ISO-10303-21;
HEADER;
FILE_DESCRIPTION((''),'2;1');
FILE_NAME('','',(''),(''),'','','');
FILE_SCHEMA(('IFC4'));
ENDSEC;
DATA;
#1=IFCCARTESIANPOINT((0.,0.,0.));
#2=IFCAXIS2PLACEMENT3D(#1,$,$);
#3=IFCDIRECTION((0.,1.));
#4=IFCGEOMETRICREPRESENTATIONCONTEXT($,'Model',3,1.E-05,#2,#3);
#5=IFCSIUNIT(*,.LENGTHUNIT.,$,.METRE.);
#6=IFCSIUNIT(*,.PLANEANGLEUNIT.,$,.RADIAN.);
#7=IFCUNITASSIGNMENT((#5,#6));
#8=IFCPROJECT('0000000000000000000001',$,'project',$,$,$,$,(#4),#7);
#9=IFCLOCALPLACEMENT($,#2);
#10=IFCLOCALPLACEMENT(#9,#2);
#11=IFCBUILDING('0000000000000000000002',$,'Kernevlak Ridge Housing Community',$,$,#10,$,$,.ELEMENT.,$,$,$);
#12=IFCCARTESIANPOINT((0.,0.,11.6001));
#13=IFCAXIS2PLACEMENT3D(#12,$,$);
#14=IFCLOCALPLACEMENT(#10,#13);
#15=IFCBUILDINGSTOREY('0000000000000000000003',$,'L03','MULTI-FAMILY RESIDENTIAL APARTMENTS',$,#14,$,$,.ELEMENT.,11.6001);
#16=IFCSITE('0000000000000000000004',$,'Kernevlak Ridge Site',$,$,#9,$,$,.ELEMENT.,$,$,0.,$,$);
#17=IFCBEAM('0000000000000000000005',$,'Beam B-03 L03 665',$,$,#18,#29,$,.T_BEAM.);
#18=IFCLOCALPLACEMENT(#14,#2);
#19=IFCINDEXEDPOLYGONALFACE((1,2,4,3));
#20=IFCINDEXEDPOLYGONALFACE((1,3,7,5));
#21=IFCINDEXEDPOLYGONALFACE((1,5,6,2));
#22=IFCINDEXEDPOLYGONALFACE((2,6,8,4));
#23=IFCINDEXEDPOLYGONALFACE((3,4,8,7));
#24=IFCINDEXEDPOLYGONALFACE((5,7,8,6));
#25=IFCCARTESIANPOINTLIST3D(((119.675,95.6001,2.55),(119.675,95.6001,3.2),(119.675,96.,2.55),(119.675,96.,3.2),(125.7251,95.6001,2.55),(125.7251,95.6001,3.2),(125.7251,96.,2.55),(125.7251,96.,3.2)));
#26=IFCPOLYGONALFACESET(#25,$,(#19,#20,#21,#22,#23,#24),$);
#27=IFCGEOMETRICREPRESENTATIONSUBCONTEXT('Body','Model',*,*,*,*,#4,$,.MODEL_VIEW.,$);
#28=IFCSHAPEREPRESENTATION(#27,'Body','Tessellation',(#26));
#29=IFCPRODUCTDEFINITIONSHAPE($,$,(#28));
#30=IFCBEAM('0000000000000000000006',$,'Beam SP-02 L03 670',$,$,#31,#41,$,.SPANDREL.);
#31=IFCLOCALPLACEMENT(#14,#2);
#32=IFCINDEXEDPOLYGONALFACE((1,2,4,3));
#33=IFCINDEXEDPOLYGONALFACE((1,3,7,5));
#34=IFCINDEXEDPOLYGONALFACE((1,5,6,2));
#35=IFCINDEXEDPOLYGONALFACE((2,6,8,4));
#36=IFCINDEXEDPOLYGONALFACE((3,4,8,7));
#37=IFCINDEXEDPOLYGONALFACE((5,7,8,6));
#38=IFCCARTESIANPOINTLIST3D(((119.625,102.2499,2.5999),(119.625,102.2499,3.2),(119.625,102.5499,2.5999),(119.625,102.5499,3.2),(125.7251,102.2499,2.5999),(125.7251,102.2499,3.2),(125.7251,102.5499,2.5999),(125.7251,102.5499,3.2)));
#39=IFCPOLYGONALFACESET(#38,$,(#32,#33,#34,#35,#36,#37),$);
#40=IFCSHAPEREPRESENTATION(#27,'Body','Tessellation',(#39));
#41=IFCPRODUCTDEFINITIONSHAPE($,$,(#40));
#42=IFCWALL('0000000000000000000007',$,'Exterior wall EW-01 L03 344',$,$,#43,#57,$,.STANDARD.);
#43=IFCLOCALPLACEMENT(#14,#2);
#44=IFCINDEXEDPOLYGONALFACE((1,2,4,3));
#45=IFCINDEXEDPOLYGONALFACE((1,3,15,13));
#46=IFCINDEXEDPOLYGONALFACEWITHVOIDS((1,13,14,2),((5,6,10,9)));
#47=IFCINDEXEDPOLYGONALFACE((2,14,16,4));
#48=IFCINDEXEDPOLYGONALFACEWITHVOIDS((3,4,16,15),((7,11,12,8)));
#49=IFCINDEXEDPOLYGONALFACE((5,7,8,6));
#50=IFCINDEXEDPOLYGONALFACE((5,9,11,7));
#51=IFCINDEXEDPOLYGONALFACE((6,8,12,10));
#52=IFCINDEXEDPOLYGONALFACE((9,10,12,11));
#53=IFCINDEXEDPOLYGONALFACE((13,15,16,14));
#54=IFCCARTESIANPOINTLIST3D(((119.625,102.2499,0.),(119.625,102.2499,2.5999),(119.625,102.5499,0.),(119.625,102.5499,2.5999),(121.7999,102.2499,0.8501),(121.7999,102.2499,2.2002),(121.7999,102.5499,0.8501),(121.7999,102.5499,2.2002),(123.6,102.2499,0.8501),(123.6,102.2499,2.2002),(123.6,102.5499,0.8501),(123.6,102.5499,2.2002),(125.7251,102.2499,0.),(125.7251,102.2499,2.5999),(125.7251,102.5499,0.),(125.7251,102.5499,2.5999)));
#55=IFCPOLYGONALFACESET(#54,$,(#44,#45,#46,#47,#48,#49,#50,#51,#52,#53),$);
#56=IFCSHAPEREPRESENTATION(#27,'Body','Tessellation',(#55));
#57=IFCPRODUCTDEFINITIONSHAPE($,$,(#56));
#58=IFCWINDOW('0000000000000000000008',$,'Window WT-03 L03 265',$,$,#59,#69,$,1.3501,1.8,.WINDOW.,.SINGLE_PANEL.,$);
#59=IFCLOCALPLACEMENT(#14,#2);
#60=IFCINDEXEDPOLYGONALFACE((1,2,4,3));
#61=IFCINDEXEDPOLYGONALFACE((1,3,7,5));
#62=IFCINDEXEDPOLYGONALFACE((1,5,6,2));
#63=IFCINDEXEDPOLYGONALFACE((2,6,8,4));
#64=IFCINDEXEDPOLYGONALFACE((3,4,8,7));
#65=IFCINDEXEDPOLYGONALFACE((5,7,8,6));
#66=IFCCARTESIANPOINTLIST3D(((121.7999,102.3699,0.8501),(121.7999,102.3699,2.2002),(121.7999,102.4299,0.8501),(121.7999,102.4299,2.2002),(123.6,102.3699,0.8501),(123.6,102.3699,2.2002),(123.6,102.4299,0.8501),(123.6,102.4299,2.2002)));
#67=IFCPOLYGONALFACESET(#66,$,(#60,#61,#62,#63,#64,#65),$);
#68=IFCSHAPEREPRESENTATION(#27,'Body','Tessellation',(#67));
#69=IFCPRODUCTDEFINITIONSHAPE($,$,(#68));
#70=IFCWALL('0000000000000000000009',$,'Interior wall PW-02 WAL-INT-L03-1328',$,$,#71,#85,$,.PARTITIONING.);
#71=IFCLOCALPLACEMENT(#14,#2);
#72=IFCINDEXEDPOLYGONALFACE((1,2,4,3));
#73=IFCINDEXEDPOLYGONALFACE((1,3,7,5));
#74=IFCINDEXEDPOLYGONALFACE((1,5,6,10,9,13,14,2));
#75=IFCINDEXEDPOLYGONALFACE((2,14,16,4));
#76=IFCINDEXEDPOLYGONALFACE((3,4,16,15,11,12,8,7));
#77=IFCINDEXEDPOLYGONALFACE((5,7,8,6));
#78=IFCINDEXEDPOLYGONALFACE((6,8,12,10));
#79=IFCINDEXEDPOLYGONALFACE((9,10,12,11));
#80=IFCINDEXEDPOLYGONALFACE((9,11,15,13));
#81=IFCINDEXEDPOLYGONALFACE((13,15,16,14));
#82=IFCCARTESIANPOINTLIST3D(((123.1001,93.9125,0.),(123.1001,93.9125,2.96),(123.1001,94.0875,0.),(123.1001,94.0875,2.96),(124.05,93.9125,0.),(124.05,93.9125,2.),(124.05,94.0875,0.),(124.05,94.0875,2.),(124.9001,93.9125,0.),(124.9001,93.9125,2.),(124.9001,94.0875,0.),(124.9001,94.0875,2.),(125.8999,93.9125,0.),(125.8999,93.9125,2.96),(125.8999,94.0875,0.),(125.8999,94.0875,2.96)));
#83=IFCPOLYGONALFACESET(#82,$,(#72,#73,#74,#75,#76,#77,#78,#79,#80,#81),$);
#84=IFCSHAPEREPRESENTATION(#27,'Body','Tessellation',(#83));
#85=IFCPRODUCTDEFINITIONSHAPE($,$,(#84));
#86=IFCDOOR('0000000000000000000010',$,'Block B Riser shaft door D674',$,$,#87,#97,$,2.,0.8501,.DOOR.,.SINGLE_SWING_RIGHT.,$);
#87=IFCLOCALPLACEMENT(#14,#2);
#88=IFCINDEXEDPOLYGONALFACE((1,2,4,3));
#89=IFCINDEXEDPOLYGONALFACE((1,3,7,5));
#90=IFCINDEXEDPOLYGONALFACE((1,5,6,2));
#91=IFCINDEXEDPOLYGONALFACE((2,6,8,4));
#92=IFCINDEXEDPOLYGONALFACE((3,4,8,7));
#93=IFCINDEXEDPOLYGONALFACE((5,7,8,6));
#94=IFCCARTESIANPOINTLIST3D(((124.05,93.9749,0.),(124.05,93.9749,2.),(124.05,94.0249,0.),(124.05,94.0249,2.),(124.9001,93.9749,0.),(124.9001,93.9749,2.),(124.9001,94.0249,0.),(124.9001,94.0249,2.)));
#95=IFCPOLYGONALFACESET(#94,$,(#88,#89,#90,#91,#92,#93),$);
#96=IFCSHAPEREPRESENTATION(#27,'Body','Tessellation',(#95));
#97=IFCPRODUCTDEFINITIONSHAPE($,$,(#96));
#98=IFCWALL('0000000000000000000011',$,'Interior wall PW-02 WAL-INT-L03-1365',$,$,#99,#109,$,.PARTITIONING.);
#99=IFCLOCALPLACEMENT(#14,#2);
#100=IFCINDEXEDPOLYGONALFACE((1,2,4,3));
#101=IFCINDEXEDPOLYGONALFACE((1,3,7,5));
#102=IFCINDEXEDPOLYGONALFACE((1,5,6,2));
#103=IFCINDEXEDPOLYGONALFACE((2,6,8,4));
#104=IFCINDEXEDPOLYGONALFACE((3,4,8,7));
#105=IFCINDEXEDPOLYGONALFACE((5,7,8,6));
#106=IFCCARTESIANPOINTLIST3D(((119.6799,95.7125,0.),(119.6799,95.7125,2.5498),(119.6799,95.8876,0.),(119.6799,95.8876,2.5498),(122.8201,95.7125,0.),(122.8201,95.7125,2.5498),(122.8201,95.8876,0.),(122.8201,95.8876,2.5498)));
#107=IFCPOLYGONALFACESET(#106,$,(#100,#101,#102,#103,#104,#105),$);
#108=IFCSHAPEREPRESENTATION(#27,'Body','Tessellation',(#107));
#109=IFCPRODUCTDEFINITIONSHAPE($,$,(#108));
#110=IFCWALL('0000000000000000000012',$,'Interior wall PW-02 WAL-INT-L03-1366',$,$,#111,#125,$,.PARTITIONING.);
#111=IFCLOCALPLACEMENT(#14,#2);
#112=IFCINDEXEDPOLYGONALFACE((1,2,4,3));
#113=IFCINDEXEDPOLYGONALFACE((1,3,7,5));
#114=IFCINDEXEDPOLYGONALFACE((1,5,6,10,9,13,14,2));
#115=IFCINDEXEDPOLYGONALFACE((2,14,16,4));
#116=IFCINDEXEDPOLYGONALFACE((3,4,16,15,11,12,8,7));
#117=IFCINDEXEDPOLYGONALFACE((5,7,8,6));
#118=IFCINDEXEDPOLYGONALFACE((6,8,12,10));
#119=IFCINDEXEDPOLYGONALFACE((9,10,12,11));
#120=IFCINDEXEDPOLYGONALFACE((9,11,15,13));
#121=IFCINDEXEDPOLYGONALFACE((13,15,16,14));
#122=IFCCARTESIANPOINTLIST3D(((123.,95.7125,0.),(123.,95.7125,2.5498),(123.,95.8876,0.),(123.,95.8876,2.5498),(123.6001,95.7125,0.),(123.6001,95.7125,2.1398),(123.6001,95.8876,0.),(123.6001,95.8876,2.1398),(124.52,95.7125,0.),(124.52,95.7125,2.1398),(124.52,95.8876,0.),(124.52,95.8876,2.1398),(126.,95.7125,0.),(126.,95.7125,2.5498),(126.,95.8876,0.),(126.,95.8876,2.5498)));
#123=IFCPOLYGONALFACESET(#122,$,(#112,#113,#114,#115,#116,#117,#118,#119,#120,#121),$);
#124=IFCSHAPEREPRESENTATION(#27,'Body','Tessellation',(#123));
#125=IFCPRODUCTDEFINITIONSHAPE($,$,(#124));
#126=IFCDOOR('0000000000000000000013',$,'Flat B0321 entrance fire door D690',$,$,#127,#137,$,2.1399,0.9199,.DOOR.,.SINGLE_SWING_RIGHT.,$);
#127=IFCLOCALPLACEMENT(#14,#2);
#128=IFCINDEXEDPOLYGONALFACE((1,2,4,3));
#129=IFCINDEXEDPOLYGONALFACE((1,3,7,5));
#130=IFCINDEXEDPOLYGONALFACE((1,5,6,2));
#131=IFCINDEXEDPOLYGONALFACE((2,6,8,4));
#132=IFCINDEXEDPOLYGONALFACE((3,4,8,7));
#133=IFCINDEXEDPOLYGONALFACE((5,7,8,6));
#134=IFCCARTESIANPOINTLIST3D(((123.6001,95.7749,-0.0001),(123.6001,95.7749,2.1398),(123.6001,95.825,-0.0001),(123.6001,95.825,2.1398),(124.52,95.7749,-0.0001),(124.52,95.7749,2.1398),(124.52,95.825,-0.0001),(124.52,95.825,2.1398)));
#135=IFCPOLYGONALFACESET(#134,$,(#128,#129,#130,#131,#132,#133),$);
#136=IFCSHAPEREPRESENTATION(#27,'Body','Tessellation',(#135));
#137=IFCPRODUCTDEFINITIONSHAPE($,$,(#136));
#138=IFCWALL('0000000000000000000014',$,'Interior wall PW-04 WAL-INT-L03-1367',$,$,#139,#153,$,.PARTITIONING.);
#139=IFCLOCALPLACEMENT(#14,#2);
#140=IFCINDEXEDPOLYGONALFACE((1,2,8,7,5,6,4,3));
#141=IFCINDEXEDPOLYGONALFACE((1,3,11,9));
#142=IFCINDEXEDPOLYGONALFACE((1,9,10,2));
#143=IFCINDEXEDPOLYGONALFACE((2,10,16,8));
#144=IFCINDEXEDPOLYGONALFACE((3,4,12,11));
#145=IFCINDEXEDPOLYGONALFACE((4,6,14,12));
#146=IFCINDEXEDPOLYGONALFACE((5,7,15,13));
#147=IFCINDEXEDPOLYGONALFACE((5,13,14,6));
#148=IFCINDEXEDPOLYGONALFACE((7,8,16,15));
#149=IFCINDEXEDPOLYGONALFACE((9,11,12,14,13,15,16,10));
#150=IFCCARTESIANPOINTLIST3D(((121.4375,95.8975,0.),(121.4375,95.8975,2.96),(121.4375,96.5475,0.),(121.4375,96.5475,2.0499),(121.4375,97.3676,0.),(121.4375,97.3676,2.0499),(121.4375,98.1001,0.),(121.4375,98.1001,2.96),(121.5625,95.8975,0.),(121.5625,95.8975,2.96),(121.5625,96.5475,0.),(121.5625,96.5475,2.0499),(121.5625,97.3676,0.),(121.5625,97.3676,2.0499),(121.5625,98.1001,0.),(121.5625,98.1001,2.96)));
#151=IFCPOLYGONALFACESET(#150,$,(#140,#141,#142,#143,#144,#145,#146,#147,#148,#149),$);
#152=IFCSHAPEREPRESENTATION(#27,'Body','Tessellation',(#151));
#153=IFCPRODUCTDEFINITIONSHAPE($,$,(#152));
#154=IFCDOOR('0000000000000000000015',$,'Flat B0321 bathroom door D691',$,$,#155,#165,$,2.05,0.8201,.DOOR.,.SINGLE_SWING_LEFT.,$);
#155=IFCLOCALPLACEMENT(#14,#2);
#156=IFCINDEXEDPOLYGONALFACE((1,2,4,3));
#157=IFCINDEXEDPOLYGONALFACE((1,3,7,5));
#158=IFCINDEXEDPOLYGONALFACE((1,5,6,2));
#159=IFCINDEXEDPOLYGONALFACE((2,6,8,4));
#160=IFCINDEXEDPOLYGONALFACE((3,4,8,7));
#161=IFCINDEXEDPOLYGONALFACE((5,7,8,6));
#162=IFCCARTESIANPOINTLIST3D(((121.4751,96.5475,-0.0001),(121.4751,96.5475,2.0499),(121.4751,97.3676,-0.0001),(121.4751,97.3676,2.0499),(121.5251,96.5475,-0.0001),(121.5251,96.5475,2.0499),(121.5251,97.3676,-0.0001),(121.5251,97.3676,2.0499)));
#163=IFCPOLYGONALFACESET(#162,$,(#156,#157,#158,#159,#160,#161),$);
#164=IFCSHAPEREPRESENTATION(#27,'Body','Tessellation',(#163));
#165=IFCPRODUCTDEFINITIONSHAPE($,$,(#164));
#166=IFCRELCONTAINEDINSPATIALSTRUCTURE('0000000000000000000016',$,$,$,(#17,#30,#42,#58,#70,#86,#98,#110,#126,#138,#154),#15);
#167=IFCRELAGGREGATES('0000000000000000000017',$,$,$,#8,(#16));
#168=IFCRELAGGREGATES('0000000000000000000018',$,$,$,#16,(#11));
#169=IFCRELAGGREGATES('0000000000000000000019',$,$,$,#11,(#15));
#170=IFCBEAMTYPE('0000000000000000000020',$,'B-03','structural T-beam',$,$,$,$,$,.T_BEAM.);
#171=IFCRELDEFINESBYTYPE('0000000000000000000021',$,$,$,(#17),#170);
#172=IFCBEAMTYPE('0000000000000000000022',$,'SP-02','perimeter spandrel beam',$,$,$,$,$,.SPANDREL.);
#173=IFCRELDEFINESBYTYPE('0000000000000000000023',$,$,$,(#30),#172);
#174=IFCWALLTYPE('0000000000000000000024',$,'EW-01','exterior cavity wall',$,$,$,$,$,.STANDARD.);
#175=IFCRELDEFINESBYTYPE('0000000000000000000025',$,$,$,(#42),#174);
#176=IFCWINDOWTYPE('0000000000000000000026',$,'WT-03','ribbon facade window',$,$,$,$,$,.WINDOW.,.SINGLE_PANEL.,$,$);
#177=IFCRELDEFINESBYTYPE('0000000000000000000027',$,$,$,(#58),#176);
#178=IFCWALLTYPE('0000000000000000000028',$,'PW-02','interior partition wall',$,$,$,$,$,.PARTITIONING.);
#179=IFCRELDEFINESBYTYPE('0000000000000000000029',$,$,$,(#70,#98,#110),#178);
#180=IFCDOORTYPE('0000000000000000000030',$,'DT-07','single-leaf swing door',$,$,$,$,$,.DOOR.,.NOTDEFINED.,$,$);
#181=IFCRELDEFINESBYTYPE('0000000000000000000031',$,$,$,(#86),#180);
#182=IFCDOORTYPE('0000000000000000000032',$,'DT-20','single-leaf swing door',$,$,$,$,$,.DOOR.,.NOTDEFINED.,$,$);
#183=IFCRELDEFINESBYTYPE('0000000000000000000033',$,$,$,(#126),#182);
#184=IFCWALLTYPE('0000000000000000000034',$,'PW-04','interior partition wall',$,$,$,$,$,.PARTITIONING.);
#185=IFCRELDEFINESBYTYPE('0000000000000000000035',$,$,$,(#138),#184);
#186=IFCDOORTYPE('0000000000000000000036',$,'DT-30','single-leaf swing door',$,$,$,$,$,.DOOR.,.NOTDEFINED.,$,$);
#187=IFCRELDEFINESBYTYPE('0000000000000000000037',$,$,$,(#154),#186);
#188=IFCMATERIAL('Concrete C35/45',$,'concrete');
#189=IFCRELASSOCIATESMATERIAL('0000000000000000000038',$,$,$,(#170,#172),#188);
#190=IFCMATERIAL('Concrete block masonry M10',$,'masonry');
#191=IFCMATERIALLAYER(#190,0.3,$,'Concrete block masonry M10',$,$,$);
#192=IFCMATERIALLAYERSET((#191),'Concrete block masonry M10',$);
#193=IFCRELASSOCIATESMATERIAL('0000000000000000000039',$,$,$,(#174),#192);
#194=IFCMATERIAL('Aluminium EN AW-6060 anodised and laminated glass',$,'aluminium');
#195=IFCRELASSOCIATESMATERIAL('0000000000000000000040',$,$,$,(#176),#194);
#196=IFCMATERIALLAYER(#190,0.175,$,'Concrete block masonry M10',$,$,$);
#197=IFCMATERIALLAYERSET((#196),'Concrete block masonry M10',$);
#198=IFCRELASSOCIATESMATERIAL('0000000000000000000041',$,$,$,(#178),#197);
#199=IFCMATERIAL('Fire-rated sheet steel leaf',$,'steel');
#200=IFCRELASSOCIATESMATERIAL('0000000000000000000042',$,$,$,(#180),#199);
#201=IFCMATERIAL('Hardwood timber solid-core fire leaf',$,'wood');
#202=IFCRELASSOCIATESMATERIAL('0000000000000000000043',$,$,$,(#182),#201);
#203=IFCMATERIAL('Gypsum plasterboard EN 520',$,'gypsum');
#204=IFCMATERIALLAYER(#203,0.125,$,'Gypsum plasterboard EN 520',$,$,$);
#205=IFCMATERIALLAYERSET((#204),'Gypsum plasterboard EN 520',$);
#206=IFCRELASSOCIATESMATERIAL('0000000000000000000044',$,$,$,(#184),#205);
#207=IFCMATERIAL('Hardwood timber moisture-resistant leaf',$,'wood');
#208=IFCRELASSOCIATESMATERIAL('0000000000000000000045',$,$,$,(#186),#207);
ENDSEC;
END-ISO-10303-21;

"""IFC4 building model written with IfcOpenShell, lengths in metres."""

from ifc_helpers import new_model, si_unit, direction, frame, frame_2d, origin, origin_2d, place, context, subcontext, project, spatial, rectangle, extrude, material, layer, layer_set, material_profile, profile_set, type_object, element, fill, save


model = new_model("IFC4")

# Units and contexts
model_context = context("Model", 3, precision=1e-05, world=origin(), true_north=direction((0.0, 1.0)))
body_context = subcontext(model_context, "Body", "Model", "MODEL_VIEW")
ifc_project = project(units=[si_unit("LENGTHUNIT", "METRE"), si_unit("PLANEANGLEUNIT", "RADIAN")], contexts=[model_context])

# Site, building, storey
site_placement = place(None, origin())
site = spatial("IfcSite", under=ifc_project, at=site_placement, Name="Kernevlak Ridge Site", CompositionType="ELEMENT", RefElevation=0.0)
building_placement = place(site_placement, origin())
building = spatial("IfcBuilding", under=site, at=building_placement, Name="Kernevlak Ridge Housing Community", CompositionType="ELEMENT")
storey_placement = place(building_placement, frame((0.0, 0.0, 11.6001)))
storey = spatial("IfcBuildingStorey", under=building, at=storey_placement, Name="L03", Description="MULTI-FAMILY RESIDENTIAL APARTMENTS", CompositionType="ELEMENT", Elevation=11.6001)

# Beams
ifc_material_1 = material(Name="Concrete C35/45", Category="concrete")
ifc_material_profile_1 = material_profile(ifc_material_1, rectangle(XDim=0.3999, YDim=0.6499, at=origin_2d()), Name="RC 400x650")
ifc_profile_set_1 = profile_set([ifc_material_profile_1], Name="Concrete C35/45")
beam_type_1 = type_object("IfcBeamType", Name="B-03", Description="structural T-beam", PredefinedType="T_BEAM", material=ifc_profile_set_1)
beam_1_placement = place(storey_placement, frame((119.675, 95.8, 2.875), z_axis=(1.0, 0.0, 0.0), x_axis=(0.0, 1.0, 0.0)))
element("IfcBeam", 1, at=beam_1_placement, inside=storey, type_object=beam_type_1, Name="Beam B-03 L03 665", PredefinedType="T_BEAM", context=body_context, shape_type="SweptSolid", body=[
    extrude(rectangle(XDim=0.3999, YDim=0.6499, at=origin_2d()), origin(), (0.0, 0.0, 1.0), 6.05),
])
ifc_material_profile_2 = material_profile(ifc_material_1, rectangle(XDim=0.3, YDim=0.6001, at=origin_2d()), Name="RC 300x600")
ifc_profile_set_2 = profile_set([ifc_material_profile_2], Name="Concrete C35/45")
beam_type_2 = type_object("IfcBeamType", Name="SP-02", Description="perimeter spandrel beam", PredefinedType="SPANDREL", material=ifc_profile_set_2)
beam_2_placement = place(storey_placement, frame((119.625, 102.3999, 2.8999), z_axis=(1.0, 0.0, 0.0), x_axis=(0.0, 1.0, 0.0)))
element("IfcBeam", 2, at=beam_2_placement, inside=storey, type_object=beam_type_2, Name="Beam SP-02 L03 670", PredefinedType="SPANDREL", context=body_context, shape_type="SweptSolid", body=[
    extrude(rectangle(XDim=0.3, YDim=0.6001, at=origin_2d()), origin(), (0.0, 0.0, 1.0), 6.1001),
])

# Wall, opening, window
ifc_material_2 = material(Name="Concrete block masonry M10", Category="masonry")
ifc_layer_1 = layer(ifc_material_2, 0.3, Name="Concrete block masonry M10")
ifc_layer_set_1 = layer_set([ifc_layer_1], Name="Concrete block masonry M10")
wall_type_1 = type_object("IfcWallType", Name="EW-01", Description="exterior cavity wall", PredefinedType="STANDARD", material=ifc_layer_set_1)
wall_1_placement = place(storey_placement, frame((119.625, 102.3999, 0.0), z_axis=(0.0, 0.0, 1.0), x_axis=(1.0, 0.0, 0.0)))
wall_1 = element("IfcWall", 3, at=wall_1_placement, inside=storey, type_object=wall_type_1, Name="Exterior wall EW-01 L03 344", PredefinedType="STANDARD", context=body_context, shape_type="SweptSolid", body=[
    extrude(rectangle(XDim=6.1001, YDim=0.3, at=frame_2d((3.05, 0.0))), origin(), (0.0, 0.0, 1.0), 2.5999),
])
opening_1_placement = place(wall_1_placement, frame((2.175, 0.0, 0.8501)))
opening_1 = element("IfcOpeningElement", 4, at=opening_1_placement, cuts=wall_1, PredefinedType="OPENING", context=body_context, shape_type="SweptSolid", body=[
    extrude(rectangle(XDim=1.8, YDim=1.3501, at=frame_2d((0.8999, 0.675))), frame((0.0, 0.1599, 0.0), z_axis=(0.0, -1.0, 0.0), x_axis=(1.0, 0.0, 0.0)), (0.0, 0.0, 1.0), 0.3201),
])
ifc_material_3 = material(Name="Aluminium EN AW-6060 anodised and laminated glass", Category="aluminium")
window_type = type_object("IfcWindowType", Name="WT-03", Description="ribbon facade window", PartitioningType="SINGLE_PANEL", PredefinedType="WINDOW", material=ifc_material_3)
window_placement = place(opening_1_placement, origin())
window = element("IfcWindow", 5, at=window_placement, inside=storey, type_object=window_type, Name="Window WT-03 L03 265", OverallHeight=1.3501, OverallWidth=1.8, PartitioningType="SINGLE_PANEL", PredefinedType="WINDOW", context=body_context, shape_type="SweptSolid", body=[
    extrude(rectangle(XDim=1.8, YDim=1.3501, at=frame_2d((0.8999, 0.675))), frame((0.0, 0.03, 0.0), z_axis=(0.0, -1.0, 0.0), x_axis=(1.0, 0.0, 0.0)), (0.0, 0.0, 1.0), 0.0601),
])
fill(opening_1, window)

# Wall, opening, door
ifc_layer_2 = layer(ifc_material_2, 0.175, Name="Concrete block masonry M10")
ifc_layer_set_2 = layer_set([ifc_layer_2], Name="Concrete block masonry M10")
wall_type_2 = type_object("IfcWallType", Name="PW-02", Description="interior partition wall", PredefinedType="PARTITIONING", material=ifc_layer_set_2)
ifc_material_4 = material(Name="Fire-rated sheet steel leaf", Category="steel")
wall_2_placement = place(storey_placement, frame((123.1001, 94.0, 0.0), z_axis=(0.0, 0.0, 1.0), x_axis=(1.0, 0.0, 0.0)))
wall_2 = element("IfcWall", 6, at=wall_2_placement, inside=storey, type_object=wall_type_2, Name="Interior wall PW-02 WAL-INT-L03-1328", PredefinedType="PARTITIONING", context=body_context, shape_type="SweptSolid", body=[
    extrude(rectangle(XDim=2.7998, YDim=0.175, at=frame_2d((1.3999, 0.0))), origin(), (0.0, 0.0, 1.0), 2.96),
])
opening_2_placement = place(wall_2_placement, frame((0.95, 0.0, 0.0)))
opening_2 = element("IfcOpeningElement", 7, at=opening_2_placement, cuts=wall_2, PredefinedType="OPENING", context=body_context, shape_type="SweptSolid", body=[
    extrude(rectangle(XDim=0.8501, YDim=2.0, at=frame_2d((0.425, 1.0))), frame((0.0, 0.0974, 0.0), z_axis=(0.0, -1.0, 0.0), x_axis=(1.0, 0.0, 0.0)), (0.0, 0.0, 1.0), 0.1951),
])
door_type_1 = type_object("IfcDoorType", Name="DT-07", Description="single-leaf swing door", OperationType="NOTDEFINED", PredefinedType="DOOR", material=ifc_material_4)
door_1_placement = place(opening_2_placement, origin())
door_1 = element("IfcDoor", 8, at=door_1_placement, inside=storey, type_object=door_type_1, Name="Block B Riser shaft door D674", OperationType="SINGLE_SWING_RIGHT", OverallHeight=2.0, OverallWidth=0.8501, PredefinedType="DOOR", context=body_context, shape_type="SweptSolid", body=[
    extrude(rectangle(XDim=0.8501, YDim=2.0, at=frame_2d((0.425, 1.0))), frame((0.0, 0.0249, 0.0), z_axis=(0.0, -1.0, 0.0), x_axis=(1.0, 0.0, 0.0)), (0.0, 0.0, 1.0), 0.05),
])
fill(opening_2, door_1)

# Wall
wall_3_placement = place(storey_placement, frame((119.6799, 95.8, 0.0), z_axis=(0.0, 0.0, 1.0), x_axis=(1.0, 0.0, 0.0)))
element("IfcWall", 9, at=wall_3_placement, inside=storey, type_object=wall_type_2, Name="Interior wall PW-02 WAL-INT-L03-1365", PredefinedType="PARTITIONING", context=body_context, shape_type="SweptSolid", body=[
    extrude(rectangle(XDim=3.1401, YDim=0.175, at=frame_2d((1.5701, 0.0))), origin(), (0.0, 0.0, 1.0), 2.5498),
])

# Walls, openings, doors
wall_4_placement = place(storey_placement, frame((123.0, 95.8, 0.0), z_axis=(0.0, 0.0, 1.0), x_axis=(1.0, 0.0, 0.0)))
wall_4 = element("IfcWall", 10, at=wall_4_placement, inside=storey, type_object=wall_type_2, Name="Interior wall PW-02 WAL-INT-L03-1366", PredefinedType="PARTITIONING", context=body_context, shape_type="SweptSolid", body=[
    extrude(rectangle(XDim=3.0, YDim=0.175, at=frame_2d((1.5, 0.0))), origin(), (0.0, 0.0, 1.0), 2.5498),
])
opening_3_placement = place(wall_4_placement, frame((0.6001, 0.0, 0.0)))
opening_3 = element("IfcOpeningElement", 11, at=opening_3_placement, cuts=wall_4, PredefinedType="OPENING", context=body_context, shape_type="SweptSolid", body=[
    extrude(rectangle(XDim=0.9199, YDim=2.1399, at=frame_2d((0.46, 1.0698))), frame((0.0, 0.0974, 0.0), z_axis=(0.0, -1.0, 0.0), x_axis=(1.0, 0.0, 0.0)), (0.0, 0.0, 1.0), 0.1951),
])
ifc_material_5 = material(Name="Hardwood timber solid-core fire leaf", Category="wood")
door_type_2 = type_object("IfcDoorType", Name="DT-20", Description="single-leaf swing door", OperationType="NOTDEFINED", PredefinedType="DOOR", material=ifc_material_5)
door_2_placement = place(opening_3_placement, origin())
door_2 = element("IfcDoor", 12, at=door_2_placement, inside=storey, type_object=door_type_2, Name="Flat B0321 entrance fire door D690", OperationType="SINGLE_SWING_RIGHT", OverallHeight=2.1399, OverallWidth=0.9199, PredefinedType="DOOR", context=body_context, shape_type="SweptSolid", body=[
    extrude(rectangle(XDim=0.9199, YDim=2.1399, at=frame_2d((0.46, 1.0698))), frame((0.0, 0.0249, 0.0), z_axis=(0.0, -1.0, 0.0), x_axis=(1.0, 0.0, 0.0)), (0.0, 0.0, 1.0), 0.05),
])
fill(opening_3, door_2)
ifc_material_6 = material(Name="Gypsum plasterboard EN 520", Category="gypsum")
ifc_layer_3 = layer(ifc_material_6, 0.125, Name="Gypsum plasterboard EN 520")
ifc_layer_set_3 = layer_set([ifc_layer_3], Name="Gypsum plasterboard EN 520")
wall_type_3 = type_object("IfcWallType", Name="PW-04", Description="interior partition wall", PredefinedType="PARTITIONING", material=ifc_layer_set_3)
wall_5_placement = place(storey_placement, frame((121.5, 95.8975, 0.0), z_axis=(0.0, 0.0, 1.0), x_axis=(0.0, 1.0, 0.0)))
wall_5 = element("IfcWall", 13, at=wall_5_placement, inside=storey, type_object=wall_type_3, Name="Interior wall PW-04 WAL-INT-L03-1367", PredefinedType="PARTITIONING", context=body_context, shape_type="SweptSolid", body=[
    extrude(rectangle(XDim=2.2026, YDim=0.125, at=frame_2d((1.1013, 0.0))), origin(), (0.0, 0.0, 1.0), 2.96),
])
opening_4_placement = place(wall_5_placement, frame((0.6499, 0.0, 0.0)))
opening_4 = element("IfcOpeningElement", 14, at=opening_4_placement, cuts=wall_5, PredefinedType="OPENING", context=body_context, shape_type="SweptSolid", body=[
    extrude(rectangle(XDim=0.8201, YDim=2.05, at=frame_2d((0.4102, 1.0249))), frame((0.0, 0.0725, 0.0), z_axis=(0.0, -1.0, 0.0), x_axis=(1.0, 0.0, 0.0)), (0.0, 0.0, 1.0), 0.145),
])
ifc_material_7 = material(Name="Hardwood timber moisture-resistant leaf", Category="wood")
door_type_3 = type_object("IfcDoorType", Name="DT-30", Description="single-leaf swing door", OperationType="NOTDEFINED", PredefinedType="DOOR", material=ifc_material_7)
door_3_placement = place(opening_4_placement, origin())
door_3 = element("IfcDoor", 15, at=door_3_placement, inside=storey, type_object=door_type_3, Name="Flat B0321 bathroom door D691", OperationType="SINGLE_SWING_LEFT", OverallHeight=2.05, OverallWidth=0.8201, PredefinedType="DOOR", context=body_context, shape_type="SweptSolid", body=[
    extrude(rectangle(XDim=0.8201, YDim=2.05, at=frame_2d((0.4102, 1.0249))), frame((0.0, 0.0249, 0.0), z_axis=(0.0, -1.0, 0.0), x_axis=(1.0, 0.0, 0.0)), (0.0, 0.0, 1.0), 0.05),
])
fill(opening_4, door_3)

save(model, "model.ifc")
